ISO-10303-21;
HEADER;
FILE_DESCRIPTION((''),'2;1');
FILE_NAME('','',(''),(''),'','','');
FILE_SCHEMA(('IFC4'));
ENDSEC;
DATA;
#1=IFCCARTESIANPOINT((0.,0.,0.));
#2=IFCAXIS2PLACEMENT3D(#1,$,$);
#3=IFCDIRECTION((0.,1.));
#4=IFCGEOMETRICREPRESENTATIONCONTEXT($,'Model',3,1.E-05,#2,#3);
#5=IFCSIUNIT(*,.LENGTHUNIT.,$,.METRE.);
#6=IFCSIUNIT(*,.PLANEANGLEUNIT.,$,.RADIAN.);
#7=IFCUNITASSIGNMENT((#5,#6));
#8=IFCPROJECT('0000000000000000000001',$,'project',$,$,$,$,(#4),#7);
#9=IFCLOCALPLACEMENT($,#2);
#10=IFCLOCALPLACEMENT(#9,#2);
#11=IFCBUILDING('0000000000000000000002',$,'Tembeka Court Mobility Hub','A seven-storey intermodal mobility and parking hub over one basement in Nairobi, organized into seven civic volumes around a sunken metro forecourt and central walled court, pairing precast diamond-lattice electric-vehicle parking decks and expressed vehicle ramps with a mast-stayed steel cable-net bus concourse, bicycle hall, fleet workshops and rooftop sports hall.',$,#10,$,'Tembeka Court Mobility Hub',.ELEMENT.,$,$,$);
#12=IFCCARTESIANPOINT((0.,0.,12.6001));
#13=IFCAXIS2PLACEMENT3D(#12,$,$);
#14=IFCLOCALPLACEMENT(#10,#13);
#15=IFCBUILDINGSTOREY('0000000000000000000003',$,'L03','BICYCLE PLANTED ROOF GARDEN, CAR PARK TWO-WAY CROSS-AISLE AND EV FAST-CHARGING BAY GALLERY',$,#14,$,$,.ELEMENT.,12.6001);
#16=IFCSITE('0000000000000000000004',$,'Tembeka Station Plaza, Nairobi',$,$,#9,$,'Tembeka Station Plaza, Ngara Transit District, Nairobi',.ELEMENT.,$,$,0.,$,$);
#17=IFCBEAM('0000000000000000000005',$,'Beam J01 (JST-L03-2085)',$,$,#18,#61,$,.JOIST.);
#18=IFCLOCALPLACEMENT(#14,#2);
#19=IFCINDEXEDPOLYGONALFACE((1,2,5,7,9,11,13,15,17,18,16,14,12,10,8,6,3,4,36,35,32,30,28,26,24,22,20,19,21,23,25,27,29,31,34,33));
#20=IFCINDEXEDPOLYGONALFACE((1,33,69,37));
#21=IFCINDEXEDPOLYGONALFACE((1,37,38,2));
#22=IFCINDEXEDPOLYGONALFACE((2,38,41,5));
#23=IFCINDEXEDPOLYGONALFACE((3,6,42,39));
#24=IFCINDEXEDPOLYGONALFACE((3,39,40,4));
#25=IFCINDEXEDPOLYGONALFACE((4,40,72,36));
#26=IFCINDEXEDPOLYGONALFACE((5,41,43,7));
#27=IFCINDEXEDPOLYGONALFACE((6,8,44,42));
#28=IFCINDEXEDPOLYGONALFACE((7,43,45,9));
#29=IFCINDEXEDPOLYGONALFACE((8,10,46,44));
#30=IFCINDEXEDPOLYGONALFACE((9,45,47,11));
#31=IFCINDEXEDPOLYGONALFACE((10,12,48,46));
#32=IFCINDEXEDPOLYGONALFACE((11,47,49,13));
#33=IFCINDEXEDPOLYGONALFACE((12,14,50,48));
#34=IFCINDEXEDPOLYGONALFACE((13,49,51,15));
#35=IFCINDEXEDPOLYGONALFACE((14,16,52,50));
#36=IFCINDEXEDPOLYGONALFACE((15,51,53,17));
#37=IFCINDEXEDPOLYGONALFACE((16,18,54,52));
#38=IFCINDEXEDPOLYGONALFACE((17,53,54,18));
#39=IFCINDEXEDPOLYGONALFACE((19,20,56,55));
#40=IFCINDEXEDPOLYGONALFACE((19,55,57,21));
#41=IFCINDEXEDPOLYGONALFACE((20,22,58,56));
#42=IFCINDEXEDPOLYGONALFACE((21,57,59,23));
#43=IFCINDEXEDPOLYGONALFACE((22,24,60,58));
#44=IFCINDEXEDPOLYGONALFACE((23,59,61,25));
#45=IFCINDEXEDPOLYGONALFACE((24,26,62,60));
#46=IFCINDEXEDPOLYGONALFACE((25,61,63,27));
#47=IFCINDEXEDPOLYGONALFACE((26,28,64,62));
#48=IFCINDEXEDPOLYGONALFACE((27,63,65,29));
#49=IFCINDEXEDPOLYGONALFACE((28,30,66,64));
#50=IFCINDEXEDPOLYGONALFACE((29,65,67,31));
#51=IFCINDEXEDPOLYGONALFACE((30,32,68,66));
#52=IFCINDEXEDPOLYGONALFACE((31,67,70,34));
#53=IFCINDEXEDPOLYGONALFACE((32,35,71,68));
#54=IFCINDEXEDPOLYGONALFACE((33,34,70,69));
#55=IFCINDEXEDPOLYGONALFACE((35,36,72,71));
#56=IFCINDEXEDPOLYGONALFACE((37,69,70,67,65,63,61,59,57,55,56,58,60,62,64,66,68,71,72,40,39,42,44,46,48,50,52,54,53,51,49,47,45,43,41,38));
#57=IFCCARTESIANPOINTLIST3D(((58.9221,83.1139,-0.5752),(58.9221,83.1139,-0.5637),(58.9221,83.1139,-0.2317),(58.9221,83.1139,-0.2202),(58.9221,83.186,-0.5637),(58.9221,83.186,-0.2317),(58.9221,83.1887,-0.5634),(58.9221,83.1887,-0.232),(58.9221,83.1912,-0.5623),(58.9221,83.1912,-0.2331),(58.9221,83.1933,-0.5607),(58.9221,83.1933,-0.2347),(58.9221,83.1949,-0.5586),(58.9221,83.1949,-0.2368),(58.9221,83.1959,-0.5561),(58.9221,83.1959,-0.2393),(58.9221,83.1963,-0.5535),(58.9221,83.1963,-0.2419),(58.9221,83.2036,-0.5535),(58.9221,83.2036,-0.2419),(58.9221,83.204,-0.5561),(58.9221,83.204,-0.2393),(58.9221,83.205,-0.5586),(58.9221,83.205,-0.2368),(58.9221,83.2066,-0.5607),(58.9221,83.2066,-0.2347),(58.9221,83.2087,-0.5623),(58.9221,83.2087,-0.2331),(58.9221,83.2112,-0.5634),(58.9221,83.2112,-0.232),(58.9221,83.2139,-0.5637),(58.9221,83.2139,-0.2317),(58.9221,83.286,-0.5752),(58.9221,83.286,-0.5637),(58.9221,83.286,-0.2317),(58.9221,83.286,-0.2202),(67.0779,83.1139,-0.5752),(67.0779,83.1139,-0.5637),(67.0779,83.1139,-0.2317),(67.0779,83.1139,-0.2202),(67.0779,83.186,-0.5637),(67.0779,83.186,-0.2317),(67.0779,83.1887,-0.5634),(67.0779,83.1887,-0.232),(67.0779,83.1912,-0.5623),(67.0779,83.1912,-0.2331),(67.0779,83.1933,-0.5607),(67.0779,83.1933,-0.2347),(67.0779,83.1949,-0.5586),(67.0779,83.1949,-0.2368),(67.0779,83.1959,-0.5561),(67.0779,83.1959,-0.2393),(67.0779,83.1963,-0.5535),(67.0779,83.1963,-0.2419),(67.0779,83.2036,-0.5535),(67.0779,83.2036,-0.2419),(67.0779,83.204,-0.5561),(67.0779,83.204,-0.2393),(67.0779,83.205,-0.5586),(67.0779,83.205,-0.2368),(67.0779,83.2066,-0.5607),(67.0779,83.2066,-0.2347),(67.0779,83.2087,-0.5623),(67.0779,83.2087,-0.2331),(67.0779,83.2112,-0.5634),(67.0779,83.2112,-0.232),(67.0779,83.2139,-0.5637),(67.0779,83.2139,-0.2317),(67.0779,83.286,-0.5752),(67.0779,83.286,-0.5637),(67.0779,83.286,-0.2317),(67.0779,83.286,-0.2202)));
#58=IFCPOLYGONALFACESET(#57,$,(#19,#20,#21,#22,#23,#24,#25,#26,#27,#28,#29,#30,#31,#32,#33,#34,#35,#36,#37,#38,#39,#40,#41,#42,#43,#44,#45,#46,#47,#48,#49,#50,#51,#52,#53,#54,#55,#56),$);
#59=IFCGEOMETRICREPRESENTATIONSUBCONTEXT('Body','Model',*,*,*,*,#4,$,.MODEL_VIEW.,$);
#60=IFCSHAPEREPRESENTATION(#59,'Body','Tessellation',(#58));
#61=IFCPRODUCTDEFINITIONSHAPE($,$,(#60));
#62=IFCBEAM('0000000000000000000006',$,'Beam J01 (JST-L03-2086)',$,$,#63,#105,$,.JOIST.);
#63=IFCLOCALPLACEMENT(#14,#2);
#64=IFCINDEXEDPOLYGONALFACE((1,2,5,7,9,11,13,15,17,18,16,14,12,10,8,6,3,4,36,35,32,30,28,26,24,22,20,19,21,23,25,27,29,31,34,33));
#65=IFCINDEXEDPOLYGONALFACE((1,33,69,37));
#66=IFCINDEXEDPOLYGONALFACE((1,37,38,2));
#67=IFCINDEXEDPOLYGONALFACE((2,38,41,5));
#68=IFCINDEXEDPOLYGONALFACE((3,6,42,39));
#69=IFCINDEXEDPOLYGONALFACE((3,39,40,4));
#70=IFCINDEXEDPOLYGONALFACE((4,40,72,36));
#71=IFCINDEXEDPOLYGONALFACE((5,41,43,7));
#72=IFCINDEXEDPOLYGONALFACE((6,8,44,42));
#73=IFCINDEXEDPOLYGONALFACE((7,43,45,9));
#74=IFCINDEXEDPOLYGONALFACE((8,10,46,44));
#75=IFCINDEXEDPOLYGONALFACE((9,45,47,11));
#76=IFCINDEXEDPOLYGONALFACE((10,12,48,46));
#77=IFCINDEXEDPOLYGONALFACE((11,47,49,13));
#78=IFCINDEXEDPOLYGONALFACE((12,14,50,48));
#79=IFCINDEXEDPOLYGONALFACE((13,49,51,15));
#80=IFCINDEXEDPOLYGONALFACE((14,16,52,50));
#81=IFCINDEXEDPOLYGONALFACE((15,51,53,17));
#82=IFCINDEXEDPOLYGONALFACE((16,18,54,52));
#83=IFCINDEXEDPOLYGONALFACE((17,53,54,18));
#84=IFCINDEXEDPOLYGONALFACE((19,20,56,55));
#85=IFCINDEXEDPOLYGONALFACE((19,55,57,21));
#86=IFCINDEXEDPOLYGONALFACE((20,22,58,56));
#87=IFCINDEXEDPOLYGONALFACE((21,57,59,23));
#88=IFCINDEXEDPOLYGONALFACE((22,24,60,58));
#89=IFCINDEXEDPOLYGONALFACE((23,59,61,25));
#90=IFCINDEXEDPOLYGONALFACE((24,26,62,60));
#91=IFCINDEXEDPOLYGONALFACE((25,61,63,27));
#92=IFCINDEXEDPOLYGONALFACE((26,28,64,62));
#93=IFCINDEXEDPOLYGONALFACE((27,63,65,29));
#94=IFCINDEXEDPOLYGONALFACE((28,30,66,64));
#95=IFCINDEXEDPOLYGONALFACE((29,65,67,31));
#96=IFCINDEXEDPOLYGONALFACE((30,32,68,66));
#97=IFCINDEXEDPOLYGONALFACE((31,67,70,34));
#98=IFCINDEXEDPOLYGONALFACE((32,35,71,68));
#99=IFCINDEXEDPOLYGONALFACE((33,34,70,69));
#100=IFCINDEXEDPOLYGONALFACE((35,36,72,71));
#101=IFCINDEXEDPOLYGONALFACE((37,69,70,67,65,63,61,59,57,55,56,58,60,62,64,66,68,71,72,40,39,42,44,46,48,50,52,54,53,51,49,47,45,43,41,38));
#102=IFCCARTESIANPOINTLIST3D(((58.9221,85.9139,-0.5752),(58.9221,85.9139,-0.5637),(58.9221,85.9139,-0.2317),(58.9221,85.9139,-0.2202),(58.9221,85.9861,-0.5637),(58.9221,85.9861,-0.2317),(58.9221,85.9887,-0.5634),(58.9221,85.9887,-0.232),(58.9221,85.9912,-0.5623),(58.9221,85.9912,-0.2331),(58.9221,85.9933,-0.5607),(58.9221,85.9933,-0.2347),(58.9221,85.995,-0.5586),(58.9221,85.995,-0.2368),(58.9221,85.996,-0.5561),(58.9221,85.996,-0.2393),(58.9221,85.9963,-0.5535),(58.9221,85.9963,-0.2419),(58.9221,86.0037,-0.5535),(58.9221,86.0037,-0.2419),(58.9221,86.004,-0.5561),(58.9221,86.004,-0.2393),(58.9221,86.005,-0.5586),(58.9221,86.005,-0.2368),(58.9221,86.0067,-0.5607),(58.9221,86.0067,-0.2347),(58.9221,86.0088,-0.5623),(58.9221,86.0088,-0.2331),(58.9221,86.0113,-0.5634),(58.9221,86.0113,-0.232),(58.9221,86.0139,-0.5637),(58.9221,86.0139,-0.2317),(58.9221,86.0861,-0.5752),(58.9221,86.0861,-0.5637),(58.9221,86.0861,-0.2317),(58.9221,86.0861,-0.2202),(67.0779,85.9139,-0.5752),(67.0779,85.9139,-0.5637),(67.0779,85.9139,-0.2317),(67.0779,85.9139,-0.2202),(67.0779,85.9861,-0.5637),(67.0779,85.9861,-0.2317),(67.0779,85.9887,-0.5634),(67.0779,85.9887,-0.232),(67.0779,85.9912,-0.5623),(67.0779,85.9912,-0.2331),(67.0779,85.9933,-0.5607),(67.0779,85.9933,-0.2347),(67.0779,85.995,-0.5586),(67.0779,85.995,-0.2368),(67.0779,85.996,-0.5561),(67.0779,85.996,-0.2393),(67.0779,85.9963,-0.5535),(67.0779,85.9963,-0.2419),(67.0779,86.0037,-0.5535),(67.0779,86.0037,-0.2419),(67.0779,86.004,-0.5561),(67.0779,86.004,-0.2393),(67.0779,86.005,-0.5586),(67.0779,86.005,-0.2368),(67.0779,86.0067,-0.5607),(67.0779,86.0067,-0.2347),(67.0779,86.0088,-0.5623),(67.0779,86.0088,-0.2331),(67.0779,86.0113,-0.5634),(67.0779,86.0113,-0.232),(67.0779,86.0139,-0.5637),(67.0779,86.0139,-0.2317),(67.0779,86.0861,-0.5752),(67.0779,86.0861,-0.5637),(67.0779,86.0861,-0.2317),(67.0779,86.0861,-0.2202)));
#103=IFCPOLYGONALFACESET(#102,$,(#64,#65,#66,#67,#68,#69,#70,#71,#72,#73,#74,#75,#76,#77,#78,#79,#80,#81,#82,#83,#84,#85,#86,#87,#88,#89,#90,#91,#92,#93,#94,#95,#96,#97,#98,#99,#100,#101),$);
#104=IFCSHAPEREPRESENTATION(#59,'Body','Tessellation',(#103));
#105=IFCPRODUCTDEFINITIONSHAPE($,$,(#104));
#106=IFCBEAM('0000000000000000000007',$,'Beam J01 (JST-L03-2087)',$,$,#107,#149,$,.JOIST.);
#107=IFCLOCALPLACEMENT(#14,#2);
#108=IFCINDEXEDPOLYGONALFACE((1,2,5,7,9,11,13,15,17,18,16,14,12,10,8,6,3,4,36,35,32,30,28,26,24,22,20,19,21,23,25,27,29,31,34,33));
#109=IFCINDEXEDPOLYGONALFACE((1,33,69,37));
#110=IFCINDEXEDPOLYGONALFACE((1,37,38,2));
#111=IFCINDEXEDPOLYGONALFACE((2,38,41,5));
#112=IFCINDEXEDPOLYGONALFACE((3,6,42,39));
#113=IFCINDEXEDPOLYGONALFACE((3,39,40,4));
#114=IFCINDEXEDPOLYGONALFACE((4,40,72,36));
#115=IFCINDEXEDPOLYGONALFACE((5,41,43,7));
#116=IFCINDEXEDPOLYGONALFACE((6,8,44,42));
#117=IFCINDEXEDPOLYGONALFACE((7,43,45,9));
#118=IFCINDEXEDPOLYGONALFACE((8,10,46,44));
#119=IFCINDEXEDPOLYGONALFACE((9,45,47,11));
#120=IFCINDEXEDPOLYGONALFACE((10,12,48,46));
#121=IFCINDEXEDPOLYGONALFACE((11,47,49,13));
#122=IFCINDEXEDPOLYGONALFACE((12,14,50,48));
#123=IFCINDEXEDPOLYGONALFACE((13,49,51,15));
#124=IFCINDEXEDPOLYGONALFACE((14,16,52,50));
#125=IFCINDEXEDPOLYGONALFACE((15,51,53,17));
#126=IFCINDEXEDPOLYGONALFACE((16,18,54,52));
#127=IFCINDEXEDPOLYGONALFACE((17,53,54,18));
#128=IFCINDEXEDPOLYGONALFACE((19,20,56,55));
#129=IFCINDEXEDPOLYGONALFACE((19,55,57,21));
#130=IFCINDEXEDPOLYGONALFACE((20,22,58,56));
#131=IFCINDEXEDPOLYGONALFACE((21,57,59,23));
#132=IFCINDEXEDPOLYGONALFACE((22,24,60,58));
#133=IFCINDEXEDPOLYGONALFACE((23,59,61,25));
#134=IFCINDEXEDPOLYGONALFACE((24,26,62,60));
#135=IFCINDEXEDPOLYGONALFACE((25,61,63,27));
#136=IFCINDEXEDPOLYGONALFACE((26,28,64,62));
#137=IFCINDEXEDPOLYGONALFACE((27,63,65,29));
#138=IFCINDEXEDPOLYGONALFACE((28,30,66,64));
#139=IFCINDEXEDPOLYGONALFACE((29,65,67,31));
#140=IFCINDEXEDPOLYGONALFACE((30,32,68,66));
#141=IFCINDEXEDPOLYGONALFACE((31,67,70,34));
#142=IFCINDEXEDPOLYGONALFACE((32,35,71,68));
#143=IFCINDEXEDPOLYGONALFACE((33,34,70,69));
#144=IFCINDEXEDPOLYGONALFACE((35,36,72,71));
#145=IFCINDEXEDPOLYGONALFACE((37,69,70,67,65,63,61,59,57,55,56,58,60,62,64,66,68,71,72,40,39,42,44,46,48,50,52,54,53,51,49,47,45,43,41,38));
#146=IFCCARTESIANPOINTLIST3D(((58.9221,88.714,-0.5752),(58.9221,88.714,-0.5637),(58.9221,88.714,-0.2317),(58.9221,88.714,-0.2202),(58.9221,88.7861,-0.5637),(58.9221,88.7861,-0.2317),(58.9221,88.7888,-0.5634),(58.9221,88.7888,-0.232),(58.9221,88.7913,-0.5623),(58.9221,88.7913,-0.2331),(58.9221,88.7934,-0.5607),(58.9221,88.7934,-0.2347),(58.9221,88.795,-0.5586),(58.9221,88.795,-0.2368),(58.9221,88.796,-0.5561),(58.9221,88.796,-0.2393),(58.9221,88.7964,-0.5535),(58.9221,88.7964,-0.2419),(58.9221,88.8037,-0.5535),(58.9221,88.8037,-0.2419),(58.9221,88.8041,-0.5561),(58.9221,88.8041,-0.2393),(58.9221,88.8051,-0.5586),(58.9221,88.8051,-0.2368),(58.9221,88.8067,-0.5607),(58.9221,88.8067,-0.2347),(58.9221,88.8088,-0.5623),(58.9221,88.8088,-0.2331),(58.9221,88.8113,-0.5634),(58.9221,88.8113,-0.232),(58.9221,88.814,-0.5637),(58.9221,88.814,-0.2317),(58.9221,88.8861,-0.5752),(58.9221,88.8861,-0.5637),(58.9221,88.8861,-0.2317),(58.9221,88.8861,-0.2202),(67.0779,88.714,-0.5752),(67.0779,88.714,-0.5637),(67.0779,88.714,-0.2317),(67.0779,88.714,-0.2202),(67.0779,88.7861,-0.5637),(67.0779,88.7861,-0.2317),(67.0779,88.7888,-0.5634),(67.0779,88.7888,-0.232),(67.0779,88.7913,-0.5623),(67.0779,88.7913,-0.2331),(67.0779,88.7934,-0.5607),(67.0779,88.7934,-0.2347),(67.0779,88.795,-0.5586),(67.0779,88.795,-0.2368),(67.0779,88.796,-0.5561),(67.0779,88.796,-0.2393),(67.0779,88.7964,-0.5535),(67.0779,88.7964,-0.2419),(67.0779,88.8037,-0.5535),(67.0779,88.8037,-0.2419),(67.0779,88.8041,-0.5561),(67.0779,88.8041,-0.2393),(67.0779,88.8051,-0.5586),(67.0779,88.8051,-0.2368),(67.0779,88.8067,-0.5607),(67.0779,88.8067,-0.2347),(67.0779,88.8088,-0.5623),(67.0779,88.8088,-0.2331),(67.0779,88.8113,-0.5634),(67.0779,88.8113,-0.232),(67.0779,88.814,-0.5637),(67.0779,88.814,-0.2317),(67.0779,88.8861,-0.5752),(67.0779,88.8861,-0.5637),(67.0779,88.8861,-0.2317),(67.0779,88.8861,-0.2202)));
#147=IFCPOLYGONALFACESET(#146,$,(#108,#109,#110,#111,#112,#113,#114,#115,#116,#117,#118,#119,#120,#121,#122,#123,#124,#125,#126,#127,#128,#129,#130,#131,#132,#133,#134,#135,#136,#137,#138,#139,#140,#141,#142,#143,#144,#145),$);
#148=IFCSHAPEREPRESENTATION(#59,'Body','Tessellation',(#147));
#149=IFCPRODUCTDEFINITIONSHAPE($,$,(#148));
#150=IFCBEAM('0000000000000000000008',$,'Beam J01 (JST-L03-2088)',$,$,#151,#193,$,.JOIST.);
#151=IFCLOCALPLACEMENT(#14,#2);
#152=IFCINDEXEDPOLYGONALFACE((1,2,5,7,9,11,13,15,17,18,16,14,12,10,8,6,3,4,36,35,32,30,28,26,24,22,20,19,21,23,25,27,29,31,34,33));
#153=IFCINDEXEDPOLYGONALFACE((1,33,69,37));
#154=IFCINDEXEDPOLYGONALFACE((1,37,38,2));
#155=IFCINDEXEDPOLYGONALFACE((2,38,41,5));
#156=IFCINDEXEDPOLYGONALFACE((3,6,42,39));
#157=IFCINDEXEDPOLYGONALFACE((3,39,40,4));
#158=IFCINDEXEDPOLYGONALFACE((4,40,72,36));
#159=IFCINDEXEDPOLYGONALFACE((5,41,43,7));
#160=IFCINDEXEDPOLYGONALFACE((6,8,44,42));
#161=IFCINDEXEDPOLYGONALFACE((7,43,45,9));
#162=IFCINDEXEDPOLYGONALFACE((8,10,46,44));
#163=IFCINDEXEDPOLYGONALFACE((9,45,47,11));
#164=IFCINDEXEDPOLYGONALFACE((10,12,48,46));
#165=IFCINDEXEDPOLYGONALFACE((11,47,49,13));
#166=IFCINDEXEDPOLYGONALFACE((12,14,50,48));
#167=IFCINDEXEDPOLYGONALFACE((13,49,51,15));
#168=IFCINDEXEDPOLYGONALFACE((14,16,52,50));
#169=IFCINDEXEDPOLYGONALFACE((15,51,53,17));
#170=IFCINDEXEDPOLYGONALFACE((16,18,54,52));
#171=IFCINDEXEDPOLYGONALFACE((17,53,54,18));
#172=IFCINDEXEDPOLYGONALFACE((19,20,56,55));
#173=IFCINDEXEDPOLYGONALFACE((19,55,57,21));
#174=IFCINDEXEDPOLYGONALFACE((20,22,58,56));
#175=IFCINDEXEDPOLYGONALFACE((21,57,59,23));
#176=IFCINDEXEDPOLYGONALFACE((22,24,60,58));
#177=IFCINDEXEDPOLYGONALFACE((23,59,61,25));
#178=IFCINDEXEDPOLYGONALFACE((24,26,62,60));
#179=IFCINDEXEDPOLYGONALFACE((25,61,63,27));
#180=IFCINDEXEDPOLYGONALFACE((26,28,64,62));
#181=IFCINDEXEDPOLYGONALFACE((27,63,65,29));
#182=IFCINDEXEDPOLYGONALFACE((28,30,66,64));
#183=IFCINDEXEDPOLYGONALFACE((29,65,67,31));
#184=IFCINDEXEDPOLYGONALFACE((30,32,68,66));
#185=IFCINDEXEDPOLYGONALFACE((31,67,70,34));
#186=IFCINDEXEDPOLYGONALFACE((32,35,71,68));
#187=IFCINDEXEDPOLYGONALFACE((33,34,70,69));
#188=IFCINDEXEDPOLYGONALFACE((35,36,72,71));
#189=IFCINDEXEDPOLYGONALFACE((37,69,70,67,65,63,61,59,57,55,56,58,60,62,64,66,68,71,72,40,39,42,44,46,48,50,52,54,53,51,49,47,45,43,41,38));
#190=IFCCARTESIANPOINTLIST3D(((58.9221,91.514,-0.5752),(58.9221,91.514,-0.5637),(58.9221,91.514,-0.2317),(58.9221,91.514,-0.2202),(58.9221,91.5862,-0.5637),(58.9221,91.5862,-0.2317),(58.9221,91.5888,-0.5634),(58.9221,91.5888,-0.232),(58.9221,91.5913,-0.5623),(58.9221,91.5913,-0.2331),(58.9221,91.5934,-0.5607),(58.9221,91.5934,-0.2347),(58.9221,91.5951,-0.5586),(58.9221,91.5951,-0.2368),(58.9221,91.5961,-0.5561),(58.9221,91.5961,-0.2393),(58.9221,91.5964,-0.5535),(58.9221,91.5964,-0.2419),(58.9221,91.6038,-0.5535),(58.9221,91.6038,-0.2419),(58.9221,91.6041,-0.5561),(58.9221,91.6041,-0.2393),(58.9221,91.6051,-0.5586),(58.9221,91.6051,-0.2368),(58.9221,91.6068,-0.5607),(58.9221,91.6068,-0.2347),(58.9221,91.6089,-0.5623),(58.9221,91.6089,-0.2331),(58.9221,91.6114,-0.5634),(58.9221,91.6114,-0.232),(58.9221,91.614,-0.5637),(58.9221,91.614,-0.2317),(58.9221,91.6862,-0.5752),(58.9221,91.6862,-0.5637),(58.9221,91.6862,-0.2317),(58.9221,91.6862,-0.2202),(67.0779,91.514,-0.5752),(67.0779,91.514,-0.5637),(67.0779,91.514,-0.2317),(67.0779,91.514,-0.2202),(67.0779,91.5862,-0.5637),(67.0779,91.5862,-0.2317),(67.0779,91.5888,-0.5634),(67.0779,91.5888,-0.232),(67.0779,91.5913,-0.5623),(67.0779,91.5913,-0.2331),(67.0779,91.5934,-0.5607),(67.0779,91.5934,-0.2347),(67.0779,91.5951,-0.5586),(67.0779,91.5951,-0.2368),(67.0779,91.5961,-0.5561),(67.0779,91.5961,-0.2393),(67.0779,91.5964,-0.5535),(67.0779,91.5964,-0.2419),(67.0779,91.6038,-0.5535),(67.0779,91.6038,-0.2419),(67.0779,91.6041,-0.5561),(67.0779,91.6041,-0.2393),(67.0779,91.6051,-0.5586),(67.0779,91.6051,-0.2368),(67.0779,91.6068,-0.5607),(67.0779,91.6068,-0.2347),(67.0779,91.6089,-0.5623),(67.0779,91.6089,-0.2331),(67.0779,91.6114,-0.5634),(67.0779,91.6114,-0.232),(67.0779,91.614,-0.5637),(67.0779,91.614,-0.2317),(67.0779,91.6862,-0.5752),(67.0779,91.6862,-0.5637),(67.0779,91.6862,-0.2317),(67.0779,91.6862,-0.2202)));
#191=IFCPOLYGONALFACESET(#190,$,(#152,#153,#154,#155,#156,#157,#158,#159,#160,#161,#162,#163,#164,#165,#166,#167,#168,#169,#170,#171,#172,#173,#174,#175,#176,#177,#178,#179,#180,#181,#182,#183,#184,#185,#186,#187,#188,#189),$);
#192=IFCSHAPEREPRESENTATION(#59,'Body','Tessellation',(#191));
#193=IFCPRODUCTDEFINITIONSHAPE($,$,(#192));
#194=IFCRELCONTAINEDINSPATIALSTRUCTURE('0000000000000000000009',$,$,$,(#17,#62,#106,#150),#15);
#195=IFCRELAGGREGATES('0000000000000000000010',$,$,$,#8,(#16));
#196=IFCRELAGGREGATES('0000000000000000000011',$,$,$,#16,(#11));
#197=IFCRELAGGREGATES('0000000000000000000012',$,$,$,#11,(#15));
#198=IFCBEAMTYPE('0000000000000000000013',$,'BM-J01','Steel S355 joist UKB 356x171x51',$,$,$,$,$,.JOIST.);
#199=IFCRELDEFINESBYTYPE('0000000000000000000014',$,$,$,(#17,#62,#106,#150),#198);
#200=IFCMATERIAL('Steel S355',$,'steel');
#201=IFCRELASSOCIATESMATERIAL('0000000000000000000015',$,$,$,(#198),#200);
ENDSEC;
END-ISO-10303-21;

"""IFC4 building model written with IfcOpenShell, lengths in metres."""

from ifc_helpers import new_model, si_unit, direction, frame, origin, origin_2d, place, context, subcontext, project, spatial, i_section, extrude, material, material_profile, profile_set, type_object, element, save


model = new_model("IFC4")

# Units and contexts
model_context = context("Model", 3, precision=1e-05, world=origin(), true_north=direction((0.0, 1.0)))
body_context = subcontext(model_context, "Body", "Model", "MODEL_VIEW")
ifc_project = project(units=[si_unit("LENGTHUNIT", "METRE"), si_unit("PLANEANGLEUNIT", "RADIAN")], contexts=[model_context])

# Site, building, storey
site_placement = place(None, origin())
site = spatial("IfcSite", under=ifc_project, at=site_placement, Name="Tembeka Station Plaza, Nairobi", LongName="Tembeka Station Plaza, Ngara Transit District, Nairobi", CompositionType="ELEMENT", RefElevation=0.0)
building_placement = place(site_placement, origin())
building = spatial("IfcBuilding", under=site, at=building_placement, Name="Tembeka Court Mobility Hub", Description="A seven-storey intermodal mobility and parking hub over one basement in Nairobi, organized into seven civic volumes around a sunken metro forecourt and central walled court, pairing precast diamond-lattice electric-vehicle parking decks and expressed vehicle ramps with a mast-stayed steel cable-net bus concourse, bicycle hall, fleet workshops and rooftop sports hall.", LongName="Tembeka Court Mobility Hub", CompositionType="ELEMENT")
storey_placement = place(building_placement, frame((0.0, 0.0, 12.6001)))
storey = spatial("IfcBuildingStorey", under=building, at=storey_placement, Name="L03", Description="BICYCLE PLANTED ROOF GARDEN, CAR PARK TWO-WAY CROSS-AISLE AND EV FAST-CHARGING BAY GALLERY", CompositionType="ELEMENT", Elevation=12.6001)

# Shared definitions
ifc_material = material(Name="Steel S355", Category="steel")

# Beams
ifc_material_profile_1 = material_profile(ifc_material, i_section(OverallWidth=0.1721, OverallDepth=0.355, WebThickness=0.0073, FlangeThickness=0.0115, FilletRadius=0.0103, at=origin_2d()), Name="UKB 356x171x51")
ifc_profile_set_1 = profile_set([ifc_material_profile_1], Name="Steel S355")
beam_type_1 = type_object("IfcBeamType", Name="BM-J01", Description="Steel S355 joist UKB 356x171x51", PredefinedType="JOIST", material=ifc_profile_set_1)
for number, where, z_axis, x_axis, name in (
    (1, (58.9221, 83.2, -0.3977), (1.0, 0.0, 0.0), (0.0, 1.0, 0.0), "Beam J01 (JST-L03-2085)"),
    (2, (58.9221, 86.0, -0.3977), (1.0, 0.0, 0.0), (0.0, 1.0, 0.0), "Beam J01 (JST-L03-2086)"),
    (3, (58.9221, 88.8, -0.3977), (1.0, 0.0, 0.0), (0.0, 1.0, 0.0), "Beam J01 (JST-L03-2087)"),
    (4, (58.9221, 91.6001, -0.3977), (1.0, 0.0, 0.0), (0.0, 1.0, 0.0), "Beam J01 (JST-L03-2088)"),
):
    element("IfcBeam", number, at=place(storey_placement, frame(where, z_axis=z_axis, x_axis=x_axis)), inside=storey, type_object=beam_type_1, Name=name, PredefinedType="JOIST", context=body_context, shape_type="SweptSolid", body=[
        extrude(i_section(OverallWidth=0.1721, OverallDepth=0.355, WebThickness=0.0073, FlangeThickness=0.0115, FilletRadius=0.0103, at=origin_2d()), origin(), (0.0, 0.0, 1.0), 8.1558),
    ])

save(model, "model.ifc")
